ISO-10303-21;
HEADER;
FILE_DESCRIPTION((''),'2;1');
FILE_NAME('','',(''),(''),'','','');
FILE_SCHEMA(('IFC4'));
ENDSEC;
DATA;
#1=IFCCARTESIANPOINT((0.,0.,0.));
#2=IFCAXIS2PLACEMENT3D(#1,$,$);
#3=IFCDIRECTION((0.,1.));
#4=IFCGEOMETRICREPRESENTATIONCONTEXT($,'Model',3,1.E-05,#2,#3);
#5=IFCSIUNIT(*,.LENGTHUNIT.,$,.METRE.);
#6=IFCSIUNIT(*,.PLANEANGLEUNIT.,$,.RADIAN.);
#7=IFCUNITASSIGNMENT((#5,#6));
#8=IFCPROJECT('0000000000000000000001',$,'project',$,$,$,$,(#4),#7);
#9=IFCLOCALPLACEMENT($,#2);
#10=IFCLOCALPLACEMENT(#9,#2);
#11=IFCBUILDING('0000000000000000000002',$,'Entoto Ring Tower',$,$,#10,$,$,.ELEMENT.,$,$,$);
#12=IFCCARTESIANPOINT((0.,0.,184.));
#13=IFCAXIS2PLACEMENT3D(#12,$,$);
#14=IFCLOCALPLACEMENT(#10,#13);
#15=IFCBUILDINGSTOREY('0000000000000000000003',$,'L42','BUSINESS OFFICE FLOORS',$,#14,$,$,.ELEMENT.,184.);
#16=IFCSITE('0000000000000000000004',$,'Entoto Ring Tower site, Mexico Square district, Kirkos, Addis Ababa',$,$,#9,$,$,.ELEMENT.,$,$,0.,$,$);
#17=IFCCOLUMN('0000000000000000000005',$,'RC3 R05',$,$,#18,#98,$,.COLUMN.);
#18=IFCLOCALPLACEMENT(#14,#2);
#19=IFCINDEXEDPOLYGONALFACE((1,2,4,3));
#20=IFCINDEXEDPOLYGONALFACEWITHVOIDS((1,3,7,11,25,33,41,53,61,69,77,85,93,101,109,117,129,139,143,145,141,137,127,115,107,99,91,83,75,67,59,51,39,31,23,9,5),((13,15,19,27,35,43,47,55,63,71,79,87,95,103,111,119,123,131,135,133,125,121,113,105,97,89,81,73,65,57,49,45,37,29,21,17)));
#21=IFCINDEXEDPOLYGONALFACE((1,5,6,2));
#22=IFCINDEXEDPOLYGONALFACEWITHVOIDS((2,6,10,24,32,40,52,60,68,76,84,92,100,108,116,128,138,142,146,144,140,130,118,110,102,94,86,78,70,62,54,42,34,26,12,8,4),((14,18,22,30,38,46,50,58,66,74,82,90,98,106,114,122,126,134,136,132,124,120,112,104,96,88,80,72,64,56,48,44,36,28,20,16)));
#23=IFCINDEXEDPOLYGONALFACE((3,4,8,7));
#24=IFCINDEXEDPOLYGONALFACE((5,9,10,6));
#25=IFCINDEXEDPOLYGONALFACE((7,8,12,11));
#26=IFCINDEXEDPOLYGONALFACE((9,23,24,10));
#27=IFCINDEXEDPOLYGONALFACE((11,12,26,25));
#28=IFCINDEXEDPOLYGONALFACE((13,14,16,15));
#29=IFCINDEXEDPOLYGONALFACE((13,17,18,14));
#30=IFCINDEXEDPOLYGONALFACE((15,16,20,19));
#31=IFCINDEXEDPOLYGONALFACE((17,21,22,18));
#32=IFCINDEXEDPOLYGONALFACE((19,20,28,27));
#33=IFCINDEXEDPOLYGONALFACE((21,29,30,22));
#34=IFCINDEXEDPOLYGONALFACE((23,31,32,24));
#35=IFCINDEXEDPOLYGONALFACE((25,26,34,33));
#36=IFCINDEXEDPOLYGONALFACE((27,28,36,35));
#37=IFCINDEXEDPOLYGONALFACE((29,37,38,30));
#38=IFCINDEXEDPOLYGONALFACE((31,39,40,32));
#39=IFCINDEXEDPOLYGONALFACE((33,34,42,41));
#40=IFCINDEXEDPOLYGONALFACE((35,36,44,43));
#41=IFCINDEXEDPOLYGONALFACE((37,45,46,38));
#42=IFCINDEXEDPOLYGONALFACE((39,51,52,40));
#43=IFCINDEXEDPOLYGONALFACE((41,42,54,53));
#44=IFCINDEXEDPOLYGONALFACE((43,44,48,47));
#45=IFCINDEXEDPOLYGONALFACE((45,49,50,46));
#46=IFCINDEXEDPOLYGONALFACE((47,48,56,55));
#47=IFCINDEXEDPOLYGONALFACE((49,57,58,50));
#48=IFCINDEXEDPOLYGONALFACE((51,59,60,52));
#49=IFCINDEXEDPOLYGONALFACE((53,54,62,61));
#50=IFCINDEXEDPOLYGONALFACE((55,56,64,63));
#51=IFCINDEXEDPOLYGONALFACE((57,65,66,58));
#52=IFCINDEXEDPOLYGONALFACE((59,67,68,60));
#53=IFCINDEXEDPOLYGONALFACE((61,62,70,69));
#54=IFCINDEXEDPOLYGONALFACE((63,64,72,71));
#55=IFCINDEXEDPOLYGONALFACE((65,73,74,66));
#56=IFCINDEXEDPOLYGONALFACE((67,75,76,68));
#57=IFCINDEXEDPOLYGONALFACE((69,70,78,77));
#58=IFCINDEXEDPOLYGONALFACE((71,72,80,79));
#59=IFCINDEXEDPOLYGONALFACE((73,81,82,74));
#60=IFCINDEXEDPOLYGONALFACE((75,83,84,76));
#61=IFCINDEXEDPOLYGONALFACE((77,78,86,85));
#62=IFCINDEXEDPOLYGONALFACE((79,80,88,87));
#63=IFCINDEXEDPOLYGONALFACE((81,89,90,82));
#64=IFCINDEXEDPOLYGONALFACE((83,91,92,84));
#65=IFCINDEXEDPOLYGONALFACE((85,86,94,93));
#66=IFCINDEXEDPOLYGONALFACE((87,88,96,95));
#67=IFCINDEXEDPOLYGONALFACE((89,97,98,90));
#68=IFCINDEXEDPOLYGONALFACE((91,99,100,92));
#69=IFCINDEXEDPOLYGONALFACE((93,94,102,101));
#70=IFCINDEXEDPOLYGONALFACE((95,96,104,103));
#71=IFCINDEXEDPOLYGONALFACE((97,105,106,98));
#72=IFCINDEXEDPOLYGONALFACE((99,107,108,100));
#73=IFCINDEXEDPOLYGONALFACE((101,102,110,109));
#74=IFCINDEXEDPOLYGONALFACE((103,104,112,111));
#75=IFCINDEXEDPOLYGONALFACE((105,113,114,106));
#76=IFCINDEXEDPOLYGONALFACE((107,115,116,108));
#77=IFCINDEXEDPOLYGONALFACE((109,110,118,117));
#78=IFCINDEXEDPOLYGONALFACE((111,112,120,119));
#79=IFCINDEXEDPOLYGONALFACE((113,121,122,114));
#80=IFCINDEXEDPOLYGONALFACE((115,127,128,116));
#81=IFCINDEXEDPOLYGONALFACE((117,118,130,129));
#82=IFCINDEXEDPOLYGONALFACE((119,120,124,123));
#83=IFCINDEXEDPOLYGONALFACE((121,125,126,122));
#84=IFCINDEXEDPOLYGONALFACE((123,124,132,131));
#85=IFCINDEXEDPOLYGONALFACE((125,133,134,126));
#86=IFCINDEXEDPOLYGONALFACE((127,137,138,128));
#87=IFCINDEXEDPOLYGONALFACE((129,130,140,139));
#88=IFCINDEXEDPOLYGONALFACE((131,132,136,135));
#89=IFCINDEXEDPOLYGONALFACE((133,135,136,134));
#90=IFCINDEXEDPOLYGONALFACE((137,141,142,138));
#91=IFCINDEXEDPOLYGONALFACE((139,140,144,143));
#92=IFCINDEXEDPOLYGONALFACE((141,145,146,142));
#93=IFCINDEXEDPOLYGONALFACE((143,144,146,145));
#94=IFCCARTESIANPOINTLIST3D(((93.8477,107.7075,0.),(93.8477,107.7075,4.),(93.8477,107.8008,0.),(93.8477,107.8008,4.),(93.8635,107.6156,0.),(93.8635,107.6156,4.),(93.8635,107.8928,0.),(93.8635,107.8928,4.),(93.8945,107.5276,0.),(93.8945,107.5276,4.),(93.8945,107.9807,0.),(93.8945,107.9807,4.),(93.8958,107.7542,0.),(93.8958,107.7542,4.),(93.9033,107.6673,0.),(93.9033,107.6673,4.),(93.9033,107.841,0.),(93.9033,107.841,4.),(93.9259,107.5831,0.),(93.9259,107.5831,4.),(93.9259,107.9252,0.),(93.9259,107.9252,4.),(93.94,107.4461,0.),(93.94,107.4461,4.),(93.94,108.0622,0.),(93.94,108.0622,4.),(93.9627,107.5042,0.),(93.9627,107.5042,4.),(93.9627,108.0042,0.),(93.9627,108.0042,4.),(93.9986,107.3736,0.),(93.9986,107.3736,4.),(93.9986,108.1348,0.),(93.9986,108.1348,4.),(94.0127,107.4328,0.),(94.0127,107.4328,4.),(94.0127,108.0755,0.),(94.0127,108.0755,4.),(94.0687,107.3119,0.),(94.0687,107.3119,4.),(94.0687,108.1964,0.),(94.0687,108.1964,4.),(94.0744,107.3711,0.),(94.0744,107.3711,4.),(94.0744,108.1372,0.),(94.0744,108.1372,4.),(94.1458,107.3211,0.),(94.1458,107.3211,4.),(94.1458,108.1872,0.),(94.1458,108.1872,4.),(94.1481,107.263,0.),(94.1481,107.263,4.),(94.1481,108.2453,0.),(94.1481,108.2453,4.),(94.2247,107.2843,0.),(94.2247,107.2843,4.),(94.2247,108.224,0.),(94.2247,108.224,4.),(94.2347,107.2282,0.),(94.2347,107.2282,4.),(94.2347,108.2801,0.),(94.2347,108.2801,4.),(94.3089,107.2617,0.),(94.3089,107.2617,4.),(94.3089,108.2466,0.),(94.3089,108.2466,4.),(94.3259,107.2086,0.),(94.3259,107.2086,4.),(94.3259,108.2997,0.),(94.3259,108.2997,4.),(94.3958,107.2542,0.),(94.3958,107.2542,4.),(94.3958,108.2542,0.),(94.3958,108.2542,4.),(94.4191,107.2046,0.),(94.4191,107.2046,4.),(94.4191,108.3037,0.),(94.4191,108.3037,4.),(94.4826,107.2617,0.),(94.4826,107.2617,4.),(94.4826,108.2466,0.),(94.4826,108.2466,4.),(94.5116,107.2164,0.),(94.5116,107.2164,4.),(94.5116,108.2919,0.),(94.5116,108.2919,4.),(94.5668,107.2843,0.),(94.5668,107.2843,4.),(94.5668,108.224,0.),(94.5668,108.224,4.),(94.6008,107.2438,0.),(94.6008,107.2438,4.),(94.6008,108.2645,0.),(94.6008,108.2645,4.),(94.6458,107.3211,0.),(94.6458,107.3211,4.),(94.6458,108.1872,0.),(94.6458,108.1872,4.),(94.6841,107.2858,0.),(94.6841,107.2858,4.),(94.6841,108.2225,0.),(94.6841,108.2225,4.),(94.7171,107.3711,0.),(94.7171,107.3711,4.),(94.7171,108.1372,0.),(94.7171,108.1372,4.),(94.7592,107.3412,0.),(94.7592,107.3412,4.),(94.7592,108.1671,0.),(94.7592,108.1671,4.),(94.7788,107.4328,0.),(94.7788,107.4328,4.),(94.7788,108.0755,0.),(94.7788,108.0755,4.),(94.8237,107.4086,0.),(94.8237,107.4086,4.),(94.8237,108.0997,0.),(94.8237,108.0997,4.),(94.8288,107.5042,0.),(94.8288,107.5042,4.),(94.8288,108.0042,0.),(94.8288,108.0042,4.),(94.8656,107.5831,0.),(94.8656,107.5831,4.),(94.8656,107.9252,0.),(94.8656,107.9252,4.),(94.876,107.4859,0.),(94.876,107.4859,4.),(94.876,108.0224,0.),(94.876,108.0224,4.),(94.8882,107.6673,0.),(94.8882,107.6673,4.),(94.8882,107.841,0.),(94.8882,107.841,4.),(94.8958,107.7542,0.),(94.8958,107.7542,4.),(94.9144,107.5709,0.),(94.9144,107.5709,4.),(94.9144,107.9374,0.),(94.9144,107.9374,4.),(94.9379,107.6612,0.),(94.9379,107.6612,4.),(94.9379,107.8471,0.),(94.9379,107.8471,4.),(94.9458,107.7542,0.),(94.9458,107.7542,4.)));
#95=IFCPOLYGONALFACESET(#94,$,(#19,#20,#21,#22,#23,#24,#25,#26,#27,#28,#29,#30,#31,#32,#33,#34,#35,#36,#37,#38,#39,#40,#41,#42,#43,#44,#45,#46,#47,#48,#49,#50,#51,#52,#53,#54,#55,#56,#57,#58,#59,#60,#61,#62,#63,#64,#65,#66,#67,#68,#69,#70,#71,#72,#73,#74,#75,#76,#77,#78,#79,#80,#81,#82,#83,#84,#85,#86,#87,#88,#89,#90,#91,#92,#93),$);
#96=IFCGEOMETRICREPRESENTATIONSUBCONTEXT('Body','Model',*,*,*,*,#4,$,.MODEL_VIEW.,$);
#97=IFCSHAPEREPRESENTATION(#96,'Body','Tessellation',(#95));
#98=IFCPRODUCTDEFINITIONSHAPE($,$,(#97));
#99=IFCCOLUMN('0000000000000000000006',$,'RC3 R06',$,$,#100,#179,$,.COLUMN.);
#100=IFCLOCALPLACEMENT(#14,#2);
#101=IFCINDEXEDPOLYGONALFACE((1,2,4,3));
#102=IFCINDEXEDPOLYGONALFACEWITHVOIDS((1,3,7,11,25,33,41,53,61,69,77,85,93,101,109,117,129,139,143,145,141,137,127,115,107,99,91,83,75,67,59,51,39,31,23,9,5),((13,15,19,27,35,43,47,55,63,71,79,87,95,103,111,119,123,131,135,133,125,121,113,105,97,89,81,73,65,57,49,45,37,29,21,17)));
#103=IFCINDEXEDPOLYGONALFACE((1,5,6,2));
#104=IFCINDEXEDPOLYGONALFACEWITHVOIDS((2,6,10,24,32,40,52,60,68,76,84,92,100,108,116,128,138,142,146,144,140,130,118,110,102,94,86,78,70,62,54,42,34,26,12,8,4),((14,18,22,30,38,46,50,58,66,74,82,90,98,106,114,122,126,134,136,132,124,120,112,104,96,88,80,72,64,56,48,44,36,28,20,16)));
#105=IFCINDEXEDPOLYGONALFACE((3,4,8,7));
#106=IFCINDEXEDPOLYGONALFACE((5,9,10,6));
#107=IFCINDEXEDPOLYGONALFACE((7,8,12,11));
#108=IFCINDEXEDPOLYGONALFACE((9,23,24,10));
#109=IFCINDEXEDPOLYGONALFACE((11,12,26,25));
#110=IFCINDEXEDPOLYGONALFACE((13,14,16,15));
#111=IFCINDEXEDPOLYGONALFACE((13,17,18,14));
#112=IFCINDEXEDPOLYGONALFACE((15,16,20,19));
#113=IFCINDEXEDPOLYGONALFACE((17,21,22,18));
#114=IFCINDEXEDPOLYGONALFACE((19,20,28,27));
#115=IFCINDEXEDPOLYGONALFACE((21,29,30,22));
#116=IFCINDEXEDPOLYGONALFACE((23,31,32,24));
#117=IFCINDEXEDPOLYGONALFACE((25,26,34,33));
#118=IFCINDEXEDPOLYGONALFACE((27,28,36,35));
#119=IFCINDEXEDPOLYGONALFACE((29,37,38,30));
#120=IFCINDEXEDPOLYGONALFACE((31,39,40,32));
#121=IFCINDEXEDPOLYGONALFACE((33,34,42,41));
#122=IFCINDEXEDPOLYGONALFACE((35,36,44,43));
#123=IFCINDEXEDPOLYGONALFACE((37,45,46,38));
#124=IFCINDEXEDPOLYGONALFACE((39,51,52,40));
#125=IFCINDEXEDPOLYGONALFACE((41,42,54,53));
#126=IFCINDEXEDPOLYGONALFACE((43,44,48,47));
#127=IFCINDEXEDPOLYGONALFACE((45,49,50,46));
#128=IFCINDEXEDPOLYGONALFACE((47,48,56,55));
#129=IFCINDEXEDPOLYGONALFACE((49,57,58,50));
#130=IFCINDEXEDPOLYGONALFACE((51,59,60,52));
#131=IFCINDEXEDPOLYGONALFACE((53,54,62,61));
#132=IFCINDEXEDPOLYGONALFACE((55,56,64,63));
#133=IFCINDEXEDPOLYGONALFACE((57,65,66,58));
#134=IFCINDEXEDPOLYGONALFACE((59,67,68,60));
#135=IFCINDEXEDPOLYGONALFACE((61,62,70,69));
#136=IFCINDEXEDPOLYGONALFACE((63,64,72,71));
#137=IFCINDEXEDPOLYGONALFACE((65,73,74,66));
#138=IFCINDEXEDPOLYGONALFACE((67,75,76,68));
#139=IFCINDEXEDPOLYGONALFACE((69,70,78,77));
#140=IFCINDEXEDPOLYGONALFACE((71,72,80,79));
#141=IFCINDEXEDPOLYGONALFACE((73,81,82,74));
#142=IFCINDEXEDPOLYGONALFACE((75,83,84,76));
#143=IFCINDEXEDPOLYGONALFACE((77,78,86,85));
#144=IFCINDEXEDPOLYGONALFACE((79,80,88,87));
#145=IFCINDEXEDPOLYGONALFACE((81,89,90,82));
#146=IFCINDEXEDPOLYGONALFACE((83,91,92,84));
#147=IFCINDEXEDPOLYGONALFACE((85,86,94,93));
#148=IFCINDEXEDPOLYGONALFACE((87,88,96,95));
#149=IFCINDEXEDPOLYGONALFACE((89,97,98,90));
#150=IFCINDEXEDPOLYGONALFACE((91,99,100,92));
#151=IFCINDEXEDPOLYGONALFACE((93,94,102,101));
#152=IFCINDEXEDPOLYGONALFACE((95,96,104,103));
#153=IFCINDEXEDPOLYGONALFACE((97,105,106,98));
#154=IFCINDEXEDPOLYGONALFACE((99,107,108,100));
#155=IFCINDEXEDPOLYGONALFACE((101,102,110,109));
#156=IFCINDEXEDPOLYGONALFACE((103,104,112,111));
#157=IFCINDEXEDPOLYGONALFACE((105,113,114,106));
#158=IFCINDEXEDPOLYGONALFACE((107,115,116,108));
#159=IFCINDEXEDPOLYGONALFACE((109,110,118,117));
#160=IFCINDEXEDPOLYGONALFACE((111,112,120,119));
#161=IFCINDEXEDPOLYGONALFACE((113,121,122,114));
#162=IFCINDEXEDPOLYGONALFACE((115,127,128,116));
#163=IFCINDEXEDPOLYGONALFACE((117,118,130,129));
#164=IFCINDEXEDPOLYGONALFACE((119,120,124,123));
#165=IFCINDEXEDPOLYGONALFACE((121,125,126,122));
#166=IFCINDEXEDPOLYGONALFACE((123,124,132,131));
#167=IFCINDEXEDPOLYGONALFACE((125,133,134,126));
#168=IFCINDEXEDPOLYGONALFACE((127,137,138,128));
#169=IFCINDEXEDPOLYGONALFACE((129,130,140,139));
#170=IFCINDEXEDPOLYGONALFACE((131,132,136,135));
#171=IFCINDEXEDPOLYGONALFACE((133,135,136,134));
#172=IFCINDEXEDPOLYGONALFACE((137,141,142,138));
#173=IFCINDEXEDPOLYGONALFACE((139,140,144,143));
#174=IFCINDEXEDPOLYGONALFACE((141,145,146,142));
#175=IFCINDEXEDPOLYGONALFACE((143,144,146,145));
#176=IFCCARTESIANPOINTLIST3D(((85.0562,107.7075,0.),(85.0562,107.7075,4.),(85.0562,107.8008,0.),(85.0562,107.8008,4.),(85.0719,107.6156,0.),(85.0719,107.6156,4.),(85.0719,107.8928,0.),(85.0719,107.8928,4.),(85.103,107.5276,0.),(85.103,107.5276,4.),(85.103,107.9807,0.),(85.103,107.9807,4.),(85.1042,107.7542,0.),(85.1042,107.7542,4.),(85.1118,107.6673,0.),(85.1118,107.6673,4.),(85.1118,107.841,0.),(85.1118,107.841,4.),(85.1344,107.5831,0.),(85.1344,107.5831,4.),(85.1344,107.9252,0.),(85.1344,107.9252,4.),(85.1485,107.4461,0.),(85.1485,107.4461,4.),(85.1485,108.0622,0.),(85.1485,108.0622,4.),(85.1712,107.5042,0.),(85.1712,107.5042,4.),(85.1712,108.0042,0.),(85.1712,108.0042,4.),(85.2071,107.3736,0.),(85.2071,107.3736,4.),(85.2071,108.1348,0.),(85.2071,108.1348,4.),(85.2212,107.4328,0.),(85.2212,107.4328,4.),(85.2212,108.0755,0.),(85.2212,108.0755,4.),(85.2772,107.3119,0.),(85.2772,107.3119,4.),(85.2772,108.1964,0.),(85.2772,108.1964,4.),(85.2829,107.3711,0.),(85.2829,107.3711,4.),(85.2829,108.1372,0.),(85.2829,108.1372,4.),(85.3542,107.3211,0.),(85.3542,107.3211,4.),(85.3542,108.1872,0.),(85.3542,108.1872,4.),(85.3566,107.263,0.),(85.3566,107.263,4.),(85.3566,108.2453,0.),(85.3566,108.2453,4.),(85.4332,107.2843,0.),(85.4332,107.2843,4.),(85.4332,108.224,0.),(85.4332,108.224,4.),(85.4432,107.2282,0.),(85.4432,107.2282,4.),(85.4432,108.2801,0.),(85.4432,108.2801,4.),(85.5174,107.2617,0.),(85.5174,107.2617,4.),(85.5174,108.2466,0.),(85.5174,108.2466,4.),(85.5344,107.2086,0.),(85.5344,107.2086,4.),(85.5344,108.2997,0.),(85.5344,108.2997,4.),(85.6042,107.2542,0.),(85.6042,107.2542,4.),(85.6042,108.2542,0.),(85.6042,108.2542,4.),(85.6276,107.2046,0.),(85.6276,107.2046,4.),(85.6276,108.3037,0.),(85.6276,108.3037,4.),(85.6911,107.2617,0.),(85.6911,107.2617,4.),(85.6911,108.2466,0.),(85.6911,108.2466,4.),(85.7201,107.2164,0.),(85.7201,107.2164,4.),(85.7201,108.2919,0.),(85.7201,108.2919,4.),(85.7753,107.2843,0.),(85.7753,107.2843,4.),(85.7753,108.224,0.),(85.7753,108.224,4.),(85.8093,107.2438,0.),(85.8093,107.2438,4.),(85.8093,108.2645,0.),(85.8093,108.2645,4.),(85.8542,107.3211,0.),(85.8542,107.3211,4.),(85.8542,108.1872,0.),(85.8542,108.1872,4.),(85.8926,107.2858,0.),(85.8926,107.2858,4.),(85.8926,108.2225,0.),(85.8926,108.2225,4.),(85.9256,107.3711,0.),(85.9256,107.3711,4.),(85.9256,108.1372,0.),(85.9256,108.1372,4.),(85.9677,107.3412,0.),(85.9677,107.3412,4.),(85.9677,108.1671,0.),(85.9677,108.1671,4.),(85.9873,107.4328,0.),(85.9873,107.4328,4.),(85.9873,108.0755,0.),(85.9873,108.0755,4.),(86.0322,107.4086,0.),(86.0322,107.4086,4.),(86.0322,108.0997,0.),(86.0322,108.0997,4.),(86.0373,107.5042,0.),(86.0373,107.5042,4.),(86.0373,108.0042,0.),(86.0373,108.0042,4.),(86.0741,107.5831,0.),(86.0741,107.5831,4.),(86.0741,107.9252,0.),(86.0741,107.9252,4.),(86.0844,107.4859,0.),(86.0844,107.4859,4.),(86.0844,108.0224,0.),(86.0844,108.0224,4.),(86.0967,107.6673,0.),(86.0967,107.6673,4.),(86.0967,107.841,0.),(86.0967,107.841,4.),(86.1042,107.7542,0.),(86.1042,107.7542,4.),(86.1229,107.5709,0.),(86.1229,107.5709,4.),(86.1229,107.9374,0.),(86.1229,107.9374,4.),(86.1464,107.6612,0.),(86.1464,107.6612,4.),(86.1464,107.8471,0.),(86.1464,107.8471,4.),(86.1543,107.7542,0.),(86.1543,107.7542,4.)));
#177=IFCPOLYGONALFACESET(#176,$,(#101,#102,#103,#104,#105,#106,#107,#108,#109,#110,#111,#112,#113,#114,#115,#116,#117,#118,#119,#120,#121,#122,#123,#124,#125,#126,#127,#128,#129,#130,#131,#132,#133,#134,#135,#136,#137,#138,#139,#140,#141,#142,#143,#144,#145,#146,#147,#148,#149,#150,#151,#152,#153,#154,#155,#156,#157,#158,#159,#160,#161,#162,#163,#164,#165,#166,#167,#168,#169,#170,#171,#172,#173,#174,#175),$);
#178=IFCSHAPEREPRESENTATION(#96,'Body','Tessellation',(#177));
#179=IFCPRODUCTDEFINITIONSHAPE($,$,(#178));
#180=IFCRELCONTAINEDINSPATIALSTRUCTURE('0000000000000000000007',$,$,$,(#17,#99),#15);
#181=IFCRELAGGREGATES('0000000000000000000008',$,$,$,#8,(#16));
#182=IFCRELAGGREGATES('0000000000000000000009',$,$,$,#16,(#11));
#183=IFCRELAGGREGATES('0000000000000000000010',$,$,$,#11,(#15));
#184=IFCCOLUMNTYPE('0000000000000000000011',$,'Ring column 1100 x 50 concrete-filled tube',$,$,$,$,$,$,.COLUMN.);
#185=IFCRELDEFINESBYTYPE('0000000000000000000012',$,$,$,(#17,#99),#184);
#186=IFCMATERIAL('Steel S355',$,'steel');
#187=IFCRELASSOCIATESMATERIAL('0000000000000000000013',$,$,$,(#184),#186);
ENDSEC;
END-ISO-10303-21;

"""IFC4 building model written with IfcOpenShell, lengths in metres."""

from ifc_helpers import new_model, si_unit, direction, frame, origin, origin_2d, place, context, subcontext, project, spatial, circle, hollow_circle, extrude, material, material_profile, profile_set, type_object, element, save


model = new_model("IFC4")

# Units and contexts
model_context = context("Model", 3, precision=1e-05, world=origin(), true_north=direction((0.0, 1.0)))
body_context = subcontext(model_context, "Body", "Model", "MODEL_VIEW")
ifc_project = project(units=[si_unit("LENGTHUNIT", "METRE"), si_unit("PLANEANGLEUNIT", "RADIAN")], contexts=[model_context])

# Site, building, storey
site_placement = place(None, origin())
site = spatial("IfcSite", under=ifc_project, at=site_placement, Name="Entoto Ring Tower site, Mexico Square district, Kirkos, Addis Ababa", CompositionType="ELEMENT", RefElevation=0.0)
building_placement = place(site_placement, origin())
building = spatial("IfcBuilding", under=site, at=building_placement, Name="Entoto Ring Tower", CompositionType="ELEMENT")
storey_placement = place(building_placement, frame((0.0, 0.0, 184.0)))
storey = spatial("IfcBuildingStorey", under=building, at=storey_placement, Name="L42", Description="BUSINESS OFFICE FLOORS", CompositionType="ELEMENT", Elevation=184.0)

# Columns
ifc_material_1 = material(Name="Steel S355", Category="steel")
ifc_material_profile_1 = material_profile(ifc_material_1, hollow_circle(Radius=0.55, WallThickness=0.05, at=origin_2d()), Name="CHS 1100 x 50")
ifc_material_2 = material(Name="Concrete C60/75", Category="concrete")
ifc_material_profile_2 = material_profile(ifc_material_2, circle(Radius=0.5, at=origin_2d()), Name="Concrete C60/75 infill")
ifc_profile_set_1 = profile_set([ifc_material_profile_1, ifc_material_profile_2], Name="Steel S355")
column_type = type_object("IfcColumnType", Name="Ring column 1100 x 50 concrete-filled tube", PredefinedType="COLUMN", material=ifc_profile_set_1)
for number, where, z_axis, x_axis, name in (
    (1, (94.3958, 107.7542, 0.0), (0.0, 0.0, 1.0), (1.0, 0.0, 0.0), "RC3 R05"),
    (2, (85.6042, 107.7542, 0.0), (0.0, 0.0, 1.0), (1.0, 0.0, 0.0), "RC3 R06"),
):
    element("IfcColumn", number, at=place(storey_placement, frame(where, z_axis=z_axis, x_axis=x_axis)), inside=storey, type_object=column_type, Name=name, PredefinedType="COLUMN", context=body_context, shape_type="SweptSolid", body=[
        extrude(hollow_circle(Radius=0.55, WallThickness=0.05, at=origin_2d()), origin(), (0.0, 0.0, 1.0), 4.0),
    ])

save(model, "model.ifc")
